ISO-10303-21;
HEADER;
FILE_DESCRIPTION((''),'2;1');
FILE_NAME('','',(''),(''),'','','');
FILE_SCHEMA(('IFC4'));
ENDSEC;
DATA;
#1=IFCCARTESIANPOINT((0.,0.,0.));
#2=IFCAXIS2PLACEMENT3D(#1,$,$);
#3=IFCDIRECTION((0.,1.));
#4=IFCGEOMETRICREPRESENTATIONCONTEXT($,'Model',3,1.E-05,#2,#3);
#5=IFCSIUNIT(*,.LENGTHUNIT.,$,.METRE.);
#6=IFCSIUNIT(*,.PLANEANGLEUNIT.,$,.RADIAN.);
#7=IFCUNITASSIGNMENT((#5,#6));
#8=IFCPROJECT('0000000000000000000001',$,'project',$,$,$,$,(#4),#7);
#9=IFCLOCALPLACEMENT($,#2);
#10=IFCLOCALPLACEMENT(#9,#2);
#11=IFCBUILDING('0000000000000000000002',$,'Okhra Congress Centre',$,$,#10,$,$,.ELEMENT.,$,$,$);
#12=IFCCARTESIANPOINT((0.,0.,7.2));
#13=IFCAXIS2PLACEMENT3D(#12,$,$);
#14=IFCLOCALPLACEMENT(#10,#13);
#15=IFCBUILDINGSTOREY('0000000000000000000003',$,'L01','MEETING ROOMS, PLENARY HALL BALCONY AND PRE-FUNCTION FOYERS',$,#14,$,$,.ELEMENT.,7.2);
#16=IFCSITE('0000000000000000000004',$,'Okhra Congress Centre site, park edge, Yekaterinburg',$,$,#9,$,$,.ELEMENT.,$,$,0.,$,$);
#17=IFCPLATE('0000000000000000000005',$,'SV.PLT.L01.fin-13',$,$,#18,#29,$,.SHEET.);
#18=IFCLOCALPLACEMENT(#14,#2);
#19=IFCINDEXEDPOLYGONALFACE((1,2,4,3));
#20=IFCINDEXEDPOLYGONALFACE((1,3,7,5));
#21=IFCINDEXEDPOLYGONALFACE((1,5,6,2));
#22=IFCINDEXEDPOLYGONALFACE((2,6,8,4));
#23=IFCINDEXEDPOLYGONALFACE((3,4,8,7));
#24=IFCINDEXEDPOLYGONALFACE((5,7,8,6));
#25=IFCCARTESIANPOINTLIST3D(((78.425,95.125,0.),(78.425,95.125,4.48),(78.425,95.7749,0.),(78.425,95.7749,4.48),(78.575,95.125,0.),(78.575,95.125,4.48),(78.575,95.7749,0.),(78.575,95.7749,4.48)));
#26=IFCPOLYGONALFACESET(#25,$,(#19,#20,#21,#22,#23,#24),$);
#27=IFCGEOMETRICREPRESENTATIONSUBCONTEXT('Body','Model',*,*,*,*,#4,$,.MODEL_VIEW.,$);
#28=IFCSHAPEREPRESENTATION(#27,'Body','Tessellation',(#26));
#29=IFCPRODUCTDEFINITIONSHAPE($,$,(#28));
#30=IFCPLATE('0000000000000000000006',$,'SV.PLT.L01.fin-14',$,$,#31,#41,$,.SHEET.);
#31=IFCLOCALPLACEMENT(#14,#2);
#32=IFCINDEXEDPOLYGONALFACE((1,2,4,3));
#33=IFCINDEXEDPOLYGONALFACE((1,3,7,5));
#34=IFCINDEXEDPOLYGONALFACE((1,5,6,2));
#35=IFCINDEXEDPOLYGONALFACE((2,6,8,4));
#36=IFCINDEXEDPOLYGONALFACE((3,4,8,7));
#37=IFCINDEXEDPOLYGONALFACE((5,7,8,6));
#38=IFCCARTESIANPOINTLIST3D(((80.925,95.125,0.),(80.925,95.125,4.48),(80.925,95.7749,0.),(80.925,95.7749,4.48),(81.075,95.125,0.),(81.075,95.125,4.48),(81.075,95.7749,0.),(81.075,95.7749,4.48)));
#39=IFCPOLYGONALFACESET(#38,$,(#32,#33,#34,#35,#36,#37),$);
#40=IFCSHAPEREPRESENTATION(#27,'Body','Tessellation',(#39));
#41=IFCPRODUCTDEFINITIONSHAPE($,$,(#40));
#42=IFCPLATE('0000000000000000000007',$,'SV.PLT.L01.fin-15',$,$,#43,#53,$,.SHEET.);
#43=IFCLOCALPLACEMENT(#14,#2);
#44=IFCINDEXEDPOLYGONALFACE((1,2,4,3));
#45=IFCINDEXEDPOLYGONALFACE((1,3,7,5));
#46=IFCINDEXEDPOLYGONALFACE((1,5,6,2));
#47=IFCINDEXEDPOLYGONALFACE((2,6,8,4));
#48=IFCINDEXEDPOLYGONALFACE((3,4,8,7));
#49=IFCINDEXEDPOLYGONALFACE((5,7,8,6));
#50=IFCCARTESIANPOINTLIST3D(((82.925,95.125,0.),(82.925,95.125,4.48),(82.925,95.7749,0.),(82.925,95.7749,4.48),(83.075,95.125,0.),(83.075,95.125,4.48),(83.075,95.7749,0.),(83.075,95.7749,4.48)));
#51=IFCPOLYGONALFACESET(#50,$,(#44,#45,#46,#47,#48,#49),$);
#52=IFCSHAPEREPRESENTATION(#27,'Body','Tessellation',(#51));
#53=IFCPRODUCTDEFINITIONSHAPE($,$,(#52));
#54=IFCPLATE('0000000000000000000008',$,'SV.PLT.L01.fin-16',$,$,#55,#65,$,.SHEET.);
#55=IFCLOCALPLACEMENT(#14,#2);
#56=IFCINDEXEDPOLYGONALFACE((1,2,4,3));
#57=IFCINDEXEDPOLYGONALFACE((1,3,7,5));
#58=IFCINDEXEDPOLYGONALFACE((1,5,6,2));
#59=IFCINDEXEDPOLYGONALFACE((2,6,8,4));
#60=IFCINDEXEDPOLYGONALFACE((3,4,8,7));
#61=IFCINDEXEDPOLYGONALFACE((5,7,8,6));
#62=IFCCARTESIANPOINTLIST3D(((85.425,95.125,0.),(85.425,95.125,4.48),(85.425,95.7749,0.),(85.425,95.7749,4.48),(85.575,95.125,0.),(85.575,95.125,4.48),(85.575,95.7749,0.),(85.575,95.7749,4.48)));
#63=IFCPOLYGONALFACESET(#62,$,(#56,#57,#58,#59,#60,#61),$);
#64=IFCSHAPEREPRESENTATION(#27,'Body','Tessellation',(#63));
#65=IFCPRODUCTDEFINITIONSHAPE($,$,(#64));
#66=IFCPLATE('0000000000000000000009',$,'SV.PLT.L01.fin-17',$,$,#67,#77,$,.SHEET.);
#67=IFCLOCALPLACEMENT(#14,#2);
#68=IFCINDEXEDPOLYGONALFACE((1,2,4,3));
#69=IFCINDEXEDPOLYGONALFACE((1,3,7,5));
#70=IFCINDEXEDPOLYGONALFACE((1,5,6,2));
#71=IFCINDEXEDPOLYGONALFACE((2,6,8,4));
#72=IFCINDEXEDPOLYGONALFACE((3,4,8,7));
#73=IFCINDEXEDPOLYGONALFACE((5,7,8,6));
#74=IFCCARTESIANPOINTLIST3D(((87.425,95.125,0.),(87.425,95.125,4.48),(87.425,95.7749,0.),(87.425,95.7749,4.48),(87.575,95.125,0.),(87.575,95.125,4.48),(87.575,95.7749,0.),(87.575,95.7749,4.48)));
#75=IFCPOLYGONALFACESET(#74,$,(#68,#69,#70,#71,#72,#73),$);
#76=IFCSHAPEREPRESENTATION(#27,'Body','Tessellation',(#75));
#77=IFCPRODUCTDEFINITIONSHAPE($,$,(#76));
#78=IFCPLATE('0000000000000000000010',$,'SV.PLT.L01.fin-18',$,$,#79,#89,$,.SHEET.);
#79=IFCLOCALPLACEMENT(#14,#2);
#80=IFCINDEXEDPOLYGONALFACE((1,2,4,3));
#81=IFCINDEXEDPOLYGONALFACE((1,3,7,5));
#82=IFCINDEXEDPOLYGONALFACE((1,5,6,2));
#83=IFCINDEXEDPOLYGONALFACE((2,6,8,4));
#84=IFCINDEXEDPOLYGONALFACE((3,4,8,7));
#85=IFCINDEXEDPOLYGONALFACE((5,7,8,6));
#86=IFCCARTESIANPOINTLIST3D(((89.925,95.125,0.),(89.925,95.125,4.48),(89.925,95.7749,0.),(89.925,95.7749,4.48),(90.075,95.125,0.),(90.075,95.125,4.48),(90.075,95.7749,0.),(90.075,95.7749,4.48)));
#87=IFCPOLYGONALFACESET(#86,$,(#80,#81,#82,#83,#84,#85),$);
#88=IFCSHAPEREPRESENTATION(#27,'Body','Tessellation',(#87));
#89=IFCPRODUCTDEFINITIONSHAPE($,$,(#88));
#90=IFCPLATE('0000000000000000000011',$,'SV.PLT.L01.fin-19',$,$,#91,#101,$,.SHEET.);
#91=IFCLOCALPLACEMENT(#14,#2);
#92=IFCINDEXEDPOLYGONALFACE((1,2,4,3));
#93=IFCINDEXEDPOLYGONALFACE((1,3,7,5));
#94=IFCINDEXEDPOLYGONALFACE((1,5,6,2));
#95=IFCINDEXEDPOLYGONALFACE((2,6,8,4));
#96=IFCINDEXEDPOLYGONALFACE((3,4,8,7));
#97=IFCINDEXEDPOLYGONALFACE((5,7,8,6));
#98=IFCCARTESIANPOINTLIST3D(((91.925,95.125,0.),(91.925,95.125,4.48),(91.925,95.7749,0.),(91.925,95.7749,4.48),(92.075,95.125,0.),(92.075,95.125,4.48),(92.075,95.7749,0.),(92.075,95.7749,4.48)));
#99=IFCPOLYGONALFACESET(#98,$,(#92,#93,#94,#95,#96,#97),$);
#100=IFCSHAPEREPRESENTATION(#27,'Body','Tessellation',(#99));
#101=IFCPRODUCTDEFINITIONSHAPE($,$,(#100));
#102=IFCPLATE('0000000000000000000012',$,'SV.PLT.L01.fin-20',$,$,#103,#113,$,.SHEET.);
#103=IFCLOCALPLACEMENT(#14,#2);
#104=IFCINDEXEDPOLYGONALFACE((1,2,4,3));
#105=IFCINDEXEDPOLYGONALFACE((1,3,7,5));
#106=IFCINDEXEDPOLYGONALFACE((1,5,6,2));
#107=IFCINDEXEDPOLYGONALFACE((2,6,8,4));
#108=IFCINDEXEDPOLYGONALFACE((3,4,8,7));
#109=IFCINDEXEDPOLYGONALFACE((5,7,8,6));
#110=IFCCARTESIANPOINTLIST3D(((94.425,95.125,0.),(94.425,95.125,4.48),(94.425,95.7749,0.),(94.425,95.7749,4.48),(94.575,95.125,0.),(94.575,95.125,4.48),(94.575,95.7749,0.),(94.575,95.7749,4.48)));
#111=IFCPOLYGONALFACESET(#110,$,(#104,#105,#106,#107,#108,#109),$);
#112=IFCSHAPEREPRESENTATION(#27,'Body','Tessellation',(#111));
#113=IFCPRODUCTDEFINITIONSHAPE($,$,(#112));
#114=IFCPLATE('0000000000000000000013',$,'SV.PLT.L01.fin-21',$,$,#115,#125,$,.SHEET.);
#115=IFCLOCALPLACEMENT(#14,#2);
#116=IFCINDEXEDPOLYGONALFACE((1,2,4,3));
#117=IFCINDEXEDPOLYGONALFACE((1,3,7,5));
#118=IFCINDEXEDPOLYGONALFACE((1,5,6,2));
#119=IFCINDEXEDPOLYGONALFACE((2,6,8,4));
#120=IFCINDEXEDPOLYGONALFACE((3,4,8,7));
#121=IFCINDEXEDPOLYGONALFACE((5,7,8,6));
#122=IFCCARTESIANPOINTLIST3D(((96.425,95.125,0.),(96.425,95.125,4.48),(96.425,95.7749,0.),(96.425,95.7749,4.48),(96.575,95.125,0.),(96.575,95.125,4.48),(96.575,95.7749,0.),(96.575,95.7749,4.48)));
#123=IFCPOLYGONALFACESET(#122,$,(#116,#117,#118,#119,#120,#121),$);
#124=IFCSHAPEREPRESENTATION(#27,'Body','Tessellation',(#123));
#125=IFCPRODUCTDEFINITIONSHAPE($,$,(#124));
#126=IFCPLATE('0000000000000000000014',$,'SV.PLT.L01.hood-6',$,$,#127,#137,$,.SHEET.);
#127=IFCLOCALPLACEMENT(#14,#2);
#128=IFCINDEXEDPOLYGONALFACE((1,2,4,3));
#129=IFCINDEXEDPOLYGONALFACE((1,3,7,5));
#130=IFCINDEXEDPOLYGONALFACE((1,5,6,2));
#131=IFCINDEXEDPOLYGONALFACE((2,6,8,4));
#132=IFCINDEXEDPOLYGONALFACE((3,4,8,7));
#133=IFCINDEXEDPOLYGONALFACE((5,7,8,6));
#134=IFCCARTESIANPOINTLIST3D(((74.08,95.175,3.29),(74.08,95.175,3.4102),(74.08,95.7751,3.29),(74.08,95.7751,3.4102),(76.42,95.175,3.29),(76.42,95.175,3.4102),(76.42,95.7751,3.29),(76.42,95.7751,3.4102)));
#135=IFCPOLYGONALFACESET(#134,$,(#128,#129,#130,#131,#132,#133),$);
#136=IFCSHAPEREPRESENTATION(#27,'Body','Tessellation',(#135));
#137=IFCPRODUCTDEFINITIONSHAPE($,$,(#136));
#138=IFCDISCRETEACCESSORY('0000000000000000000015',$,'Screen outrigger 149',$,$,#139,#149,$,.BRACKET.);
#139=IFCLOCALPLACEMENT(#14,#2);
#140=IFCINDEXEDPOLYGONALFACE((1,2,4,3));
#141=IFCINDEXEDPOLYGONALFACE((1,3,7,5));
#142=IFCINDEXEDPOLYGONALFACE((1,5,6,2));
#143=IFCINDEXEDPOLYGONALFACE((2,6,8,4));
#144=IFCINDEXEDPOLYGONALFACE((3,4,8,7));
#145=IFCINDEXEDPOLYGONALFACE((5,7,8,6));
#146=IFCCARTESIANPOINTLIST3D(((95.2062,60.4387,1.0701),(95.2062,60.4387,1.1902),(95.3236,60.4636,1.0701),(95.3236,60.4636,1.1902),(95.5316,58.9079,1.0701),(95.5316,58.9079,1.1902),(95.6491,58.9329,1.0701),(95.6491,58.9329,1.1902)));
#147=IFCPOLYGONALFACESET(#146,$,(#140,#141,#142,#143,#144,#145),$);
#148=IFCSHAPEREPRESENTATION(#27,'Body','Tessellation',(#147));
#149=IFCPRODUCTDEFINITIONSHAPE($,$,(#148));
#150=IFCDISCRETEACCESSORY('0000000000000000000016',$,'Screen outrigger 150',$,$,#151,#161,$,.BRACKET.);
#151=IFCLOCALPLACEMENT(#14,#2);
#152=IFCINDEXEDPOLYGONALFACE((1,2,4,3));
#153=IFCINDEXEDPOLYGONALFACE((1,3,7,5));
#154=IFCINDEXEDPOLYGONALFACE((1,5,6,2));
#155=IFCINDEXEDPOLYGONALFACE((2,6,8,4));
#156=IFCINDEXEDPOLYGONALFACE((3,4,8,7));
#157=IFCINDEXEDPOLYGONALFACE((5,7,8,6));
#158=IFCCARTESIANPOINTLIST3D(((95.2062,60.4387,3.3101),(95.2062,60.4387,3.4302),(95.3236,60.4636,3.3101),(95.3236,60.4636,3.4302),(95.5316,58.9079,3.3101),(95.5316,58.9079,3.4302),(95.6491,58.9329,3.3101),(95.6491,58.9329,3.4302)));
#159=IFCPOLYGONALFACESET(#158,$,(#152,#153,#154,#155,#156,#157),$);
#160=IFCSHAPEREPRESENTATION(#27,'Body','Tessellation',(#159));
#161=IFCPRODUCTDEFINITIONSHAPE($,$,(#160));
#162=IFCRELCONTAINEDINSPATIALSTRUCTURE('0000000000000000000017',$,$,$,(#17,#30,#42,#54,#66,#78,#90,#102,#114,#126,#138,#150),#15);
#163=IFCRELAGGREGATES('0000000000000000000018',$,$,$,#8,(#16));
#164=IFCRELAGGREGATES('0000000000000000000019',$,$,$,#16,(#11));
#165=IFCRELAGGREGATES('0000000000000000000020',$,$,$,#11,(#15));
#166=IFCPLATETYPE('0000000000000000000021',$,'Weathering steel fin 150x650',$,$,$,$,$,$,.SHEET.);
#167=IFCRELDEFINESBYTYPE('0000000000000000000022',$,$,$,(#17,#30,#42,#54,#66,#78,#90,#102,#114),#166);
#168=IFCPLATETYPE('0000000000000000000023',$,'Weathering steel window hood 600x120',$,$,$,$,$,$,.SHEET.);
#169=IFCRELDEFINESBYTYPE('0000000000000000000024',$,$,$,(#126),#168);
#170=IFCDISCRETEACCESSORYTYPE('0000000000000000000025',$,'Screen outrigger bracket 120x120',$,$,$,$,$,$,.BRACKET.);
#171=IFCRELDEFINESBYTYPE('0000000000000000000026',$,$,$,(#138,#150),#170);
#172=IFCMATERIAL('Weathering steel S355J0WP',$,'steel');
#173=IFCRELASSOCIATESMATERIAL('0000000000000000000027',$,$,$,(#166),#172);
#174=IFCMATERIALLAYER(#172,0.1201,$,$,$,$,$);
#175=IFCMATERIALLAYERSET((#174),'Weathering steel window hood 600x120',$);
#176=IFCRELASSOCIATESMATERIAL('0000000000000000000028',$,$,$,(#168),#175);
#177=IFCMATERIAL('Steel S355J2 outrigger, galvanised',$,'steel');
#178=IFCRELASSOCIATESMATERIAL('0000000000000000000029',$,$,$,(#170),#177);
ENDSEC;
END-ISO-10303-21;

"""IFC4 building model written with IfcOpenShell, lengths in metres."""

from ifc_helpers import new_model, si_unit, direction, frame, origin, origin_2d, place, context, subcontext, project, spatial, rectangle, extrude, material, layer, layer_set, material_profile, profile_set, type_object, element, save


model = new_model("IFC4")

# Units and contexts
model_context = context("Model", 3, precision=1e-05, world=origin(), true_north=direction((0.0, 1.0)))
body_context = subcontext(model_context, "Body", "Model", "MODEL_VIEW")
ifc_project = project(units=[si_unit("LENGTHUNIT", "METRE"), si_unit("PLANEANGLEUNIT", "RADIAN")], contexts=[model_context])

# Site, building, storey
site_placement = place(None, origin())
site = spatial("IfcSite", under=ifc_project, at=site_placement, Name="Okhra Congress Centre site, park edge, Yekaterinburg", CompositionType="ELEMENT", RefElevation=0.0)
building_placement = place(site_placement, origin())
building = spatial("IfcBuilding", under=site, at=building_placement, Name="Okhra Congress Centre", CompositionType="ELEMENT")
storey_placement = place(building_placement, frame((0.0, 0.0, 7.2)))
storey = spatial("IfcBuildingStorey", under=building, at=storey_placement, Name="L01", Description="MEETING ROOMS, PLENARY HALL BALCONY AND PRE-FUNCTION FOYERS", CompositionType="ELEMENT", Elevation=7.2)

# Plates
ifc_material_1 = material(Name="Weathering steel S355J0WP", Category="steel")
plate_type_1 = type_object("IfcPlateType", Name="Weathering steel fin 150x650", PredefinedType="SHEET", material=ifc_material_1)
for number, where, z_axis, x_axis, name in (
    (1, (78.5, 95.45, 0.0), (0.0, 0.0, 1.0), (1.0, 0.0, 0.0), "SV.PLT.L01.fin-13"),
    (2, (81.0, 95.45, 0.0), (0.0, 0.0, 1.0), (1.0, 0.0, 0.0), "SV.PLT.L01.fin-14"),
    (3, (83.0, 95.45, 0.0), (0.0, 0.0, 1.0), (1.0, 0.0, 0.0), "SV.PLT.L01.fin-15"),
    (4, (85.5, 95.45, 0.0), (0.0, 0.0, 1.0), (1.0, 0.0, 0.0), "SV.PLT.L01.fin-16"),
    (5, (87.5, 95.45, 0.0), (0.0, 0.0, 1.0), (1.0, 0.0, 0.0), "SV.PLT.L01.fin-17"),
    (6, (90.0, 95.45, 0.0), (0.0, 0.0, 1.0), (1.0, 0.0, 0.0), "SV.PLT.L01.fin-18"),
    (7, (92.0, 95.45, 0.0), (0.0, 0.0, 1.0), (1.0, 0.0, 0.0), "SV.PLT.L01.fin-19"),
    (8, (94.5, 95.45, 0.0), (0.0, 0.0, 1.0), (1.0, 0.0, 0.0), "SV.PLT.L01.fin-20"),
    (9, (96.5, 95.45, 0.0), (0.0, 0.0, 1.0), (1.0, 0.0, 0.0), "SV.PLT.L01.fin-21"),
):
    element("IfcPlate", number, at=place(storey_placement, frame(where, z_axis=z_axis, x_axis=x_axis)), inside=storey, type_object=plate_type_1, Name=name, PredefinedType="SHEET", context=body_context, shape_type="SweptSolid", body=[
        extrude(rectangle(XDim=0.1499, YDim=0.6499, at=origin_2d()), origin(), (0.0, 0.0, 1.0), 4.48),
    ])
ifc_layer_1 = layer(ifc_material_1, 0.1201)
ifc_layer_set_1 = layer_set([ifc_layer_1], Name="Weathering steel window hood 600x120")
plate_type_2 = type_object("IfcPlateType", Name="Weathering steel window hood 600x120", PredefinedType="SHEET", material=ifc_layer_set_1)
plate_1_placement = place(storey_placement, frame((75.25, 95.4751, 3.29), z_axis=(0.0, 0.0, 1.0), x_axis=(1.0, 0.0, 0.0)))
element("IfcPlate", 10, at=plate_1_placement, inside=storey, type_object=plate_type_2, Name="SV.PLT.L01.hood-6", PredefinedType="SHEET", context=body_context, shape_type="SweptSolid", body=[
    extrude(rectangle(XDim=2.3401, YDim=0.6001, at=origin_2d()), origin(), (0.0, 0.0, 1.0), 0.1201),
])

# Discrete accessories
ifc_material_2 = material(Name="Steel S355J2 outrigger, galvanised", Category="steel")
ifc_material_profile = material_profile(ifc_material_2, rectangle(XDim=0.1201, YDim=0.1201, at=origin_2d()), Name="Screen outrigger bracket 120x120")
ifc_profile_set = profile_set([ifc_material_profile], Name="Steel S355J2 outrigger, galvanised")
discrete_accessory_type = type_object("IfcDiscreteAccessoryType", Name="Screen outrigger bracket 120x120", PredefinedType="BRACKET", material=ifc_profile_set)
for number, where, z_axis, x_axis, name in (
    (11, (95.5903, 58.9204, 1.1301), (-0.207952, 0.978139, 0.0), (-0.978139, -0.207952, 0.0), "Screen outrigger 149"),
    (12, (95.5903, 58.9204, 3.3701), (-0.207952, 0.978139, 0.0), (-0.978139, -0.207952, 0.0), "Screen outrigger 150"),
):
    element("IfcDiscreteAccessory", number, at=place(storey_placement, frame(where, z_axis=z_axis, x_axis=x_axis)), inside=storey, type_object=discrete_accessory_type, Name=name, PredefinedType="BRACKET", context=body_context, shape_type="SweptSolid", body=[
        extrude(rectangle(XDim=0.1201, YDim=0.1201, at=origin_2d()), origin(), (0.0, 0.0, 1.0), 1.5649),
    ])

save(model, "model.ifc")
